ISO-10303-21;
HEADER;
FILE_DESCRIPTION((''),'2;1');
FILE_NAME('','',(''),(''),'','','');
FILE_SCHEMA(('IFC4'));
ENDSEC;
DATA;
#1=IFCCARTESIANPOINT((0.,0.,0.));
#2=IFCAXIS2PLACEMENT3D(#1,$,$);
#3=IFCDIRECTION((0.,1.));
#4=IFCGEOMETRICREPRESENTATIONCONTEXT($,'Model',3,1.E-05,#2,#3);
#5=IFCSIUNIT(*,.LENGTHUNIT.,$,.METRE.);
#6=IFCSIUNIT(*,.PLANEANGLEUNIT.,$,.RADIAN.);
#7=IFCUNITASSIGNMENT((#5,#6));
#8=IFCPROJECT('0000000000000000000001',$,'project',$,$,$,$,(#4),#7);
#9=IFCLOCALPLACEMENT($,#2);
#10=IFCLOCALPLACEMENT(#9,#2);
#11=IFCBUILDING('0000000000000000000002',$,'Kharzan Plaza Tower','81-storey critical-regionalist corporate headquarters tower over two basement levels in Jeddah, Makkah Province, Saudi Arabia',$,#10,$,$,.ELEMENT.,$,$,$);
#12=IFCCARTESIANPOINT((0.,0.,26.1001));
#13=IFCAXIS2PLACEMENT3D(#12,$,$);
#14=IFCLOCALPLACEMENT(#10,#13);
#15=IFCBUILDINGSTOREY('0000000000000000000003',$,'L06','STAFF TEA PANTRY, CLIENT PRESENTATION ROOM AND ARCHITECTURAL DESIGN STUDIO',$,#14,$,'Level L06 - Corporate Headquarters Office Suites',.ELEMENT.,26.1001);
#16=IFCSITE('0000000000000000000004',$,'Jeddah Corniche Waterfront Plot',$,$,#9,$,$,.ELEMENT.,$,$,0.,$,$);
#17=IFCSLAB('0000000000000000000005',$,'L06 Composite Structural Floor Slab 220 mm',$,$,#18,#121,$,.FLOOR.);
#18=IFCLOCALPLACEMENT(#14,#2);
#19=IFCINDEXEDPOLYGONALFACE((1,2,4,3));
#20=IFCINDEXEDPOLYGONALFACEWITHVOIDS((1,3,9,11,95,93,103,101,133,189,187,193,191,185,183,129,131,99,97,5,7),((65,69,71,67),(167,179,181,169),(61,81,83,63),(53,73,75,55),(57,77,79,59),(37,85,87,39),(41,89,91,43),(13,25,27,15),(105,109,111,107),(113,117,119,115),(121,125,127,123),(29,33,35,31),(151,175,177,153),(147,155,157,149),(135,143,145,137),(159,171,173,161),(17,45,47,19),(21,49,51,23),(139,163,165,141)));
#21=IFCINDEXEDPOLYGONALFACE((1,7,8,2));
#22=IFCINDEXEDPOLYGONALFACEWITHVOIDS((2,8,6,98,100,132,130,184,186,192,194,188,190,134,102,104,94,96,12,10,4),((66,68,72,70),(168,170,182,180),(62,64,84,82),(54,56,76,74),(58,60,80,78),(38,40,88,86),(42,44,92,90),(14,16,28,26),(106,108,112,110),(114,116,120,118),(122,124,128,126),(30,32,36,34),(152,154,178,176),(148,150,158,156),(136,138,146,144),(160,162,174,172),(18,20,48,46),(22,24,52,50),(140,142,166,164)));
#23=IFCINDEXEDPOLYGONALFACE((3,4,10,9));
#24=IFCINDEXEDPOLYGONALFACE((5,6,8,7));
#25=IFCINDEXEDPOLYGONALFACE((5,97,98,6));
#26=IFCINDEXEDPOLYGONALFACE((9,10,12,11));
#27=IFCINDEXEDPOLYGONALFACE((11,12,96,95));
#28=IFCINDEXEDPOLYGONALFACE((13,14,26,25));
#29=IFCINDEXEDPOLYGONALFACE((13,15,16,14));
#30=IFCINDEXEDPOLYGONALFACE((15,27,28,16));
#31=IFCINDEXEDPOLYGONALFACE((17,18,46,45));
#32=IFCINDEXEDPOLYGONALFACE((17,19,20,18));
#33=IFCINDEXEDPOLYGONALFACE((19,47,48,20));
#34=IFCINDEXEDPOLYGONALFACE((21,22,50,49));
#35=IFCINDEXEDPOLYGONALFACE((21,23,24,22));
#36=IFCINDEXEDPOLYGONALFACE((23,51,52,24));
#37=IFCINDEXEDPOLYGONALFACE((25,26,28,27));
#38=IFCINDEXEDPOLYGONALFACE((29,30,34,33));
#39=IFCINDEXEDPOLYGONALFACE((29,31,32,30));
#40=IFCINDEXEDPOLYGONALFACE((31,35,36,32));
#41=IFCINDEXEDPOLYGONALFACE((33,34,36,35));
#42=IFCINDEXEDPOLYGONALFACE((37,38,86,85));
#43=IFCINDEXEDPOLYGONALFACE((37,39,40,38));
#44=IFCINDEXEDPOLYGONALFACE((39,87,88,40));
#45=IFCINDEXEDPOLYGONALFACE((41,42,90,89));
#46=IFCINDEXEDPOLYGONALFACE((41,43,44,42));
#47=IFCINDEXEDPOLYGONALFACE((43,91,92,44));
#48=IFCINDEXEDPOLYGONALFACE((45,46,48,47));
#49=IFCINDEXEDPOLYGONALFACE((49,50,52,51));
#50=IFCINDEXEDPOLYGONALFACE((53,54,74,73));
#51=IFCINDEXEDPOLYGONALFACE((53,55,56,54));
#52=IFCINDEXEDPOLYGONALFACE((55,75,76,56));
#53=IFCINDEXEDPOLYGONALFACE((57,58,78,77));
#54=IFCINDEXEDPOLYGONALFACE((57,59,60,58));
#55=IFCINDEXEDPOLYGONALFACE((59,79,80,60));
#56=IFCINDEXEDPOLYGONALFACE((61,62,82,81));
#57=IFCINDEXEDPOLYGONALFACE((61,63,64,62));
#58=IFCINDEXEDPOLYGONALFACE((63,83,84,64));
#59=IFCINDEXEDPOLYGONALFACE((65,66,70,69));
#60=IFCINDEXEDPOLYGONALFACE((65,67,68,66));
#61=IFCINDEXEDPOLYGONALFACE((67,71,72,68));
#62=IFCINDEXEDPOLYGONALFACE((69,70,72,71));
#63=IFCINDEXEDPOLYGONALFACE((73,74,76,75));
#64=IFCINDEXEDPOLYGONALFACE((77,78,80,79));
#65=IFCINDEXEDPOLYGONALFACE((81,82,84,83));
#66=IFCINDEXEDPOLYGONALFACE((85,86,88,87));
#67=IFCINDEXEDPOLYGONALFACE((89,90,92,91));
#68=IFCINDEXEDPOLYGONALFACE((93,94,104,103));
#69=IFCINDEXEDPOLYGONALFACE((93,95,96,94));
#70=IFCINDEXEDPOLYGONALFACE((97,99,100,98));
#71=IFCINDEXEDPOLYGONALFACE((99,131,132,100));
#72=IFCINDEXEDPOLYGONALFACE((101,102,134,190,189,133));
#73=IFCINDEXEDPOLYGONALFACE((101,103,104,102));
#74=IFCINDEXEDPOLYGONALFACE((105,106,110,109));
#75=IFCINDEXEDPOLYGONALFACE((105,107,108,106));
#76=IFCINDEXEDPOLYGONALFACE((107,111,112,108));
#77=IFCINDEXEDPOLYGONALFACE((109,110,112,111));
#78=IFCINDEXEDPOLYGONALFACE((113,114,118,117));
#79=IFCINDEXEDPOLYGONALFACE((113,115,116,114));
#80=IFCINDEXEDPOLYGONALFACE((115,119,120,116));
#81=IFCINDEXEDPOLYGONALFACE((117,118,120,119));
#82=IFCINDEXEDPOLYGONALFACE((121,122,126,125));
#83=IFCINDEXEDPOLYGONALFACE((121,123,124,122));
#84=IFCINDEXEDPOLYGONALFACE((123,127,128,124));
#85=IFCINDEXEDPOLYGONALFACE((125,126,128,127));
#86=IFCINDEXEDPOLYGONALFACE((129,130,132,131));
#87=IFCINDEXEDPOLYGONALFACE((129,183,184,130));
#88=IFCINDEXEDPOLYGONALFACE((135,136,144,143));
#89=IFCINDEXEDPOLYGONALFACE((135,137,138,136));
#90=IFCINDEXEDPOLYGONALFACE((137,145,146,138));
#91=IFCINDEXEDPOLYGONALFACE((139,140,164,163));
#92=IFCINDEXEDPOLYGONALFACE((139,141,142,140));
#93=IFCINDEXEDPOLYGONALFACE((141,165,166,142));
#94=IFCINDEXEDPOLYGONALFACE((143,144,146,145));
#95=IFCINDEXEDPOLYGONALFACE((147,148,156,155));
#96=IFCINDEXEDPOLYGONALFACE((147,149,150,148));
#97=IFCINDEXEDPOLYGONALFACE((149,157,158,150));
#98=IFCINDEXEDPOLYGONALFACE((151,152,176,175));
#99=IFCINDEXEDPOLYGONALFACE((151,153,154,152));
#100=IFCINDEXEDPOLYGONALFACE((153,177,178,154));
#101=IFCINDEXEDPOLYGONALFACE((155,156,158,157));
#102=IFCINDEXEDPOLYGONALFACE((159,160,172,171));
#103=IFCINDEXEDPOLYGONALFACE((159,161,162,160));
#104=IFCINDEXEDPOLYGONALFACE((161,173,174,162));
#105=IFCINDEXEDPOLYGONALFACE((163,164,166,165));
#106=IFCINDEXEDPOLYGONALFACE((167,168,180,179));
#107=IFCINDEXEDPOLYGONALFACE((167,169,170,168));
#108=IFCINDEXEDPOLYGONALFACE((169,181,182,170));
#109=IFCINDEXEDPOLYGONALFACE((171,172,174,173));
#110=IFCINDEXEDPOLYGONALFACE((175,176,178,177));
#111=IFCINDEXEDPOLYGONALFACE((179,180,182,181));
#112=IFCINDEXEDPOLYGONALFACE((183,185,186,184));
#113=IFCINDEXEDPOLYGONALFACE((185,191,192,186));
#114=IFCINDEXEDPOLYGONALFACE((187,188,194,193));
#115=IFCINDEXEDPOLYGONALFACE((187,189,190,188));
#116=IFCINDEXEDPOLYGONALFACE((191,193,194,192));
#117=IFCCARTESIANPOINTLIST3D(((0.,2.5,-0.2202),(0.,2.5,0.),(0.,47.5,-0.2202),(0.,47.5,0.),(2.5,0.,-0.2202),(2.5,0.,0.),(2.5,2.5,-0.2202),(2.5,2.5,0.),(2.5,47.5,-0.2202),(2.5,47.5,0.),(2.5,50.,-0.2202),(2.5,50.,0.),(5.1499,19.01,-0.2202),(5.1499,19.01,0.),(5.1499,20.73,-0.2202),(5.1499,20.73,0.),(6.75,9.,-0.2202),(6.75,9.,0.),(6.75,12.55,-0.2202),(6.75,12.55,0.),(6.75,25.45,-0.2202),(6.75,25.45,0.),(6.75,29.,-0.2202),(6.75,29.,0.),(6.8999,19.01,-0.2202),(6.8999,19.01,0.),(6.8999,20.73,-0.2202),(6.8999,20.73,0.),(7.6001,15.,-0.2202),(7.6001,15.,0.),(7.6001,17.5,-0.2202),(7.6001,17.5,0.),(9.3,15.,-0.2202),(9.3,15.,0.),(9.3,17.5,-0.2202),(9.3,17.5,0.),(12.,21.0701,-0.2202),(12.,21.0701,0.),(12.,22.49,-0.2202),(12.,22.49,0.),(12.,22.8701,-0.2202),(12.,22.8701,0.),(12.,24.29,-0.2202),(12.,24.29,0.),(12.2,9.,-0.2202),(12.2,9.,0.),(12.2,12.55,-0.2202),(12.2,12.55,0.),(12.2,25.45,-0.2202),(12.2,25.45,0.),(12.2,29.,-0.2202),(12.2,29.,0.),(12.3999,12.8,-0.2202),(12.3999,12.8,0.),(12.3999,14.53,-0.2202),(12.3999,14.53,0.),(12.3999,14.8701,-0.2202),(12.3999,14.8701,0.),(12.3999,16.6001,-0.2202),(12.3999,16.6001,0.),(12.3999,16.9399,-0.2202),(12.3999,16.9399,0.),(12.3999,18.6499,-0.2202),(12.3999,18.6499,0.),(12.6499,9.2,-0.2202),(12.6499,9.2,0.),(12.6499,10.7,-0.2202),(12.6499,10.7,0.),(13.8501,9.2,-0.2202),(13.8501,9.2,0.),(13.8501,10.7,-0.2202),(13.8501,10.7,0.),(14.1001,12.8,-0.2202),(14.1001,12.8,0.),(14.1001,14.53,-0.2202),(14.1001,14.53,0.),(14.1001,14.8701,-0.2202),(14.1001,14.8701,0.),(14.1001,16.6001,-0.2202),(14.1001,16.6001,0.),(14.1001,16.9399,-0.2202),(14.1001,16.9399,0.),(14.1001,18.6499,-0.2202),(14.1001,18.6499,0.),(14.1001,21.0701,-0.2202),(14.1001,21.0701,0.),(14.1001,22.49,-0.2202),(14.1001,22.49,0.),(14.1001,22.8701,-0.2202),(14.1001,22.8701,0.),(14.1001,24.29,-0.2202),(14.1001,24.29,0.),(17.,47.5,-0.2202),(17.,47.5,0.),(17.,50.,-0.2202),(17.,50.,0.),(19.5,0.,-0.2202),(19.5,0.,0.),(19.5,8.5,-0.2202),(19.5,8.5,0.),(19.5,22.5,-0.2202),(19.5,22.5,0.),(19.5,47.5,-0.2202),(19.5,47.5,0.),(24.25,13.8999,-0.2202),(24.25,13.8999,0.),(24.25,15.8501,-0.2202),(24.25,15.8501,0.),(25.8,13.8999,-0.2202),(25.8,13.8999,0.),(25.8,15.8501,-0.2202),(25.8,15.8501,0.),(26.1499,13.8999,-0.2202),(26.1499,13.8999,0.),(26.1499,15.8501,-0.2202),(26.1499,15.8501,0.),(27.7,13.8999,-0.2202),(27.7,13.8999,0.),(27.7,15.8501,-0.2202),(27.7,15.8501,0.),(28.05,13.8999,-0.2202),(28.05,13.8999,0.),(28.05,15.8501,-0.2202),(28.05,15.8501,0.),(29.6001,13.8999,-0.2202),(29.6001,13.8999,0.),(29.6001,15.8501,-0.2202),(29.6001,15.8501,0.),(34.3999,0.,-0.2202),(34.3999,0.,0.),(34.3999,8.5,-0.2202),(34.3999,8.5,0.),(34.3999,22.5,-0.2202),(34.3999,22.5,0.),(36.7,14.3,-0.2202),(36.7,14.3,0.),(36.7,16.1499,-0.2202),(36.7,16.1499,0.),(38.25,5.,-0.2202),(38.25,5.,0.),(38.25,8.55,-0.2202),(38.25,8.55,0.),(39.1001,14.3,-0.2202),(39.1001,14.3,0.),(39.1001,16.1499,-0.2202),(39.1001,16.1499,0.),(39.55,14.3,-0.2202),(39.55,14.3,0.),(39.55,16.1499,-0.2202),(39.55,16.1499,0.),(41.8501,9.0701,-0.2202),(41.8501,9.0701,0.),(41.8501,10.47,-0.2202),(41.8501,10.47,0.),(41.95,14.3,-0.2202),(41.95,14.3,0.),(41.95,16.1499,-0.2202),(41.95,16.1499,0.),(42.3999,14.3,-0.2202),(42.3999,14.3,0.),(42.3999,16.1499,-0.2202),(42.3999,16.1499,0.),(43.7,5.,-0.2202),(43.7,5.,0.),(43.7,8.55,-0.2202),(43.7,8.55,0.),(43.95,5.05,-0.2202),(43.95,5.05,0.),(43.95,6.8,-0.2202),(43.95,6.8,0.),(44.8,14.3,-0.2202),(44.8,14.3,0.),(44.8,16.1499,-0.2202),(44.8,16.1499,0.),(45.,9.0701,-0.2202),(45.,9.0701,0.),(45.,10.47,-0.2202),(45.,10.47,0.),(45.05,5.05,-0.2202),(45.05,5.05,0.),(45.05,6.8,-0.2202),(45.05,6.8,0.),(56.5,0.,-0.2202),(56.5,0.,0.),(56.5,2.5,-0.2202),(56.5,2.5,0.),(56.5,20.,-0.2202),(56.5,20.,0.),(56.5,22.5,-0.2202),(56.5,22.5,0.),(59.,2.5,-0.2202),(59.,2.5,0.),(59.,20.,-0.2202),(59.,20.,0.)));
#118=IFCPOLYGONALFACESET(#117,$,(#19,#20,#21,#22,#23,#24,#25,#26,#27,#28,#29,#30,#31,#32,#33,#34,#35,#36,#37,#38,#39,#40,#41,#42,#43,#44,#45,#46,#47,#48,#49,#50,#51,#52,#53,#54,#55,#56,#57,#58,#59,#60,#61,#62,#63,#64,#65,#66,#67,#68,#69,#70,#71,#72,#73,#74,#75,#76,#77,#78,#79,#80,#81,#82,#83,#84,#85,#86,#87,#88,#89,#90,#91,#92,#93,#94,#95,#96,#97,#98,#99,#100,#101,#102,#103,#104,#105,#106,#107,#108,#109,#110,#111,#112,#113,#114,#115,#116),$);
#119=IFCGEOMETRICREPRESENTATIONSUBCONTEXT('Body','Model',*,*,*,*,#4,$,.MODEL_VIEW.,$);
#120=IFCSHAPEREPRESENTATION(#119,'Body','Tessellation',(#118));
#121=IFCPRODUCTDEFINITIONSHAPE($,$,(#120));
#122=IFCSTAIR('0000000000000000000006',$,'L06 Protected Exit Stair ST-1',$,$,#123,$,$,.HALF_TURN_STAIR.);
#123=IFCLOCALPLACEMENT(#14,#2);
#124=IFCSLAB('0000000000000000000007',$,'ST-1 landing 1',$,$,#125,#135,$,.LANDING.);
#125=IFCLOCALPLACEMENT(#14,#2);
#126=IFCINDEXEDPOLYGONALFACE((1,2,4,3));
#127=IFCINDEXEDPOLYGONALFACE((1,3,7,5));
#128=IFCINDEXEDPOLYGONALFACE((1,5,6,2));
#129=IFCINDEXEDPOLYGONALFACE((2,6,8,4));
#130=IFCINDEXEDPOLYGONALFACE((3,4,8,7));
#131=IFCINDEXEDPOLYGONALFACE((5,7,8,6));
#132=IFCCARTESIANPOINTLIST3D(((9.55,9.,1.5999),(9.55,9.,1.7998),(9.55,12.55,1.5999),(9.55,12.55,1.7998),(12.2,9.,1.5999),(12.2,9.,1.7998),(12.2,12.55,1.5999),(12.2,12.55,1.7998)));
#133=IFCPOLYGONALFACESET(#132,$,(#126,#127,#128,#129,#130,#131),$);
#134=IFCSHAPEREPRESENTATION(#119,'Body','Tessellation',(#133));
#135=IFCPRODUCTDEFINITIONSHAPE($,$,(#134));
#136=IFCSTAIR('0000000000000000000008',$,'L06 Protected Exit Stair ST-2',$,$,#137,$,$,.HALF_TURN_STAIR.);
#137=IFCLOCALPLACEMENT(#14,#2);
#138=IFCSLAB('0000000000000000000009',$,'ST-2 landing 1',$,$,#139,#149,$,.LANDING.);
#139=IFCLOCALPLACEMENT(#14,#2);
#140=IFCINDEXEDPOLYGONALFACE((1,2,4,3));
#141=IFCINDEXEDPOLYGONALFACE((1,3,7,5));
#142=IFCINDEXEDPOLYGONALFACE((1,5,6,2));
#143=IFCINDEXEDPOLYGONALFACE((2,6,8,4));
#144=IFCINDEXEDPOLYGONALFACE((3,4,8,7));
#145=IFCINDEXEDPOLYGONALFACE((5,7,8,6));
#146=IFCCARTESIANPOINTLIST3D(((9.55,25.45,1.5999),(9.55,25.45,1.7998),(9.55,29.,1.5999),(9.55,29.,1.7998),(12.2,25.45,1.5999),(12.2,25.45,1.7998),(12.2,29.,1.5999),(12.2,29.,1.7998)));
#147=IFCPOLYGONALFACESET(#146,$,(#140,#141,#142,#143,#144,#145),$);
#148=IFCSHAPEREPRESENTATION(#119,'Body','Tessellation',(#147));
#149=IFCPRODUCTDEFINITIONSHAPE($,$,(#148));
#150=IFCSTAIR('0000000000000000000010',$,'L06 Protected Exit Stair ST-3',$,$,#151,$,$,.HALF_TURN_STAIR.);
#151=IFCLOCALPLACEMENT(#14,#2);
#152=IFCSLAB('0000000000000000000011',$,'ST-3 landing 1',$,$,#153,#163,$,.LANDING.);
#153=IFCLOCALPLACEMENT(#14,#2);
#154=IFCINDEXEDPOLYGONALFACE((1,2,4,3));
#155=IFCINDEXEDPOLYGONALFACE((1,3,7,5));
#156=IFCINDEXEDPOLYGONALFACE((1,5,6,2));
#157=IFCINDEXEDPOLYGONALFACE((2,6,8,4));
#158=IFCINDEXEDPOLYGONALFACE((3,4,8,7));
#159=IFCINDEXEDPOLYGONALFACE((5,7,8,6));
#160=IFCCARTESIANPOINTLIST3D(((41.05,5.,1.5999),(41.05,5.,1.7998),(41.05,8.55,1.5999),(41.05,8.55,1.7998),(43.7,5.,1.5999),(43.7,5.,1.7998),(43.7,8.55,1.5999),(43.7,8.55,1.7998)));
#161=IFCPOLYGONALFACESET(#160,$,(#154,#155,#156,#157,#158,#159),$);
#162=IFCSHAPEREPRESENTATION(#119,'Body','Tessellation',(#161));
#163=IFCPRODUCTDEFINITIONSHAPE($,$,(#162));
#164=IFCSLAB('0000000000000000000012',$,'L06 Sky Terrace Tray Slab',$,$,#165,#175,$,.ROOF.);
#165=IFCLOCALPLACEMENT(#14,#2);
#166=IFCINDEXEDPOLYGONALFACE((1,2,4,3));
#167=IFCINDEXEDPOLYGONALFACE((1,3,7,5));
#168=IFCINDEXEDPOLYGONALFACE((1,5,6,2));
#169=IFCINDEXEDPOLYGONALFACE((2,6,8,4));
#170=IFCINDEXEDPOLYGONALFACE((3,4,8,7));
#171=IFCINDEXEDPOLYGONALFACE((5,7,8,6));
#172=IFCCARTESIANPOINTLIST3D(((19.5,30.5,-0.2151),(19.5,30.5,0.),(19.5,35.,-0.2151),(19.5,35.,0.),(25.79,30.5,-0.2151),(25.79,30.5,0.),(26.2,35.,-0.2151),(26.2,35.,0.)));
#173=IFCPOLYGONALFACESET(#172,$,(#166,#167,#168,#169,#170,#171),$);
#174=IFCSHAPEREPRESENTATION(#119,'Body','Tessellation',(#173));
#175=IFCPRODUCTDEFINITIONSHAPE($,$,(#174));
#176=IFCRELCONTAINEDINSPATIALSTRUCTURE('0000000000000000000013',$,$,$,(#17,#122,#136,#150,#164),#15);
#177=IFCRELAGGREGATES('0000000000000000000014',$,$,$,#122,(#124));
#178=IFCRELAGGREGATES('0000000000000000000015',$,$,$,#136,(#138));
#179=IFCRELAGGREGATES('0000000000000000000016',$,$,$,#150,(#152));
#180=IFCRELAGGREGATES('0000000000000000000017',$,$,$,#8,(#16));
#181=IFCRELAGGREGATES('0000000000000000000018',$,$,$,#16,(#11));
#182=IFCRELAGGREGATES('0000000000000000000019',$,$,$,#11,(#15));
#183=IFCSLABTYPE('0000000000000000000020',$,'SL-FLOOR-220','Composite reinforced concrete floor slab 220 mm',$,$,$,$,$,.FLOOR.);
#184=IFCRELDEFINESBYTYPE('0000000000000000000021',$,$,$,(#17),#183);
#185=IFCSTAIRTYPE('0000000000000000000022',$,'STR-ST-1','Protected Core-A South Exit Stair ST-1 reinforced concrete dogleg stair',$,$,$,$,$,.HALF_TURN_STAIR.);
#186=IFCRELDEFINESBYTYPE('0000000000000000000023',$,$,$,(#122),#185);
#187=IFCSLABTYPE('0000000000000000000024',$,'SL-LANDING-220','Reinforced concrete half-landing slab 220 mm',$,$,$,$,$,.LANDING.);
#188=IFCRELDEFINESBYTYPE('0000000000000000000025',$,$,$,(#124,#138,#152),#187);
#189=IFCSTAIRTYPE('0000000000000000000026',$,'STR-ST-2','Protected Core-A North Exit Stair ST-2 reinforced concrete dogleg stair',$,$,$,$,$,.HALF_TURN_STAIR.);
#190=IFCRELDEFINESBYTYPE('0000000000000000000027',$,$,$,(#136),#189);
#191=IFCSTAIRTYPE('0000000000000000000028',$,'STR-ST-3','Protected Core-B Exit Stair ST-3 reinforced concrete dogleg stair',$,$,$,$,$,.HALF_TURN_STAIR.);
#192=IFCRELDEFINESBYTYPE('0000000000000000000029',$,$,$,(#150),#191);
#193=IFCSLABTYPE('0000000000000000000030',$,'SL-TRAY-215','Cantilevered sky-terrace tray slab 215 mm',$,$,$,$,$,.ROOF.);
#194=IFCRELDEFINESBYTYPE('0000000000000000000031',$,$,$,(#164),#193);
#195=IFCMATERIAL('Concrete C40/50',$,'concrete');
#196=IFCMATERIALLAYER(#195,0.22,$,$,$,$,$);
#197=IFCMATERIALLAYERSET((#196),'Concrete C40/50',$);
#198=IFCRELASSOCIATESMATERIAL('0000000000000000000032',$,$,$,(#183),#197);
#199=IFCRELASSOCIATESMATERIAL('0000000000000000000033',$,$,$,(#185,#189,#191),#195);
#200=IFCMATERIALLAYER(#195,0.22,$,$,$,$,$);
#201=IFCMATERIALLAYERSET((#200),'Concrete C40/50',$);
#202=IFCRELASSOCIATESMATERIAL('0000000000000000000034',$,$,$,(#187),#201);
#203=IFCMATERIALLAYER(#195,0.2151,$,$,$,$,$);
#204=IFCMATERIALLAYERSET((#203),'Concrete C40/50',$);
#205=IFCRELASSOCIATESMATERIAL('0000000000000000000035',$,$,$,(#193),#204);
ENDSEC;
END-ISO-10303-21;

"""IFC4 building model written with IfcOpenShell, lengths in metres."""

from ifc_helpers import new_model, si_unit, direction, frame, origin, place, context, subcontext, project, spatial, polyline, outline, extrude, material, layer, layer_set, type_object, element, aggregate, save


model = new_model("IFC4")

# Units and contexts
model_context = context("Model", 3, precision=1e-05, world=origin(), true_north=direction((0.0, 1.0)))
body_context = subcontext(model_context, "Body", "Model", "MODEL_VIEW")
ifc_project = project(units=[si_unit("LENGTHUNIT", "METRE"), si_unit("PLANEANGLEUNIT", "RADIAN")], contexts=[model_context])

# Site, building, storey
site_placement = place(None, origin())
site = spatial("IfcSite", under=ifc_project, at=site_placement, Name="Jeddah Corniche Waterfront Plot", CompositionType="ELEMENT", RefElevation=0.0)
building_placement = place(site_placement, origin())
building = spatial("IfcBuilding", under=site, at=building_placement, Name="Kharzan Plaza Tower", Description="81-storey critical-regionalist corporate headquarters tower over two basement levels in Jeddah, Makkah Province, Saudi Arabia", CompositionType="ELEMENT")
storey_placement = place(building_placement, frame((0.0, 0.0, 26.1001)))
storey = spatial("IfcBuildingStorey", under=building, at=storey_placement, Name="L06", Description="STAFF TEA PANTRY, CLIENT PRESENTATION ROOM AND ARCHITECTURAL DESIGN STUDIO", LongName="Level L06 - Corporate Headquarters Office Suites", CompositionType="ELEMENT", Elevation=26.1001)

# Slab
ifc_material_1 = material(Name="Concrete C40/50", Category="concrete")
ifc_layer_1 = layer(ifc_material_1, 0.22)
ifc_layer_set_1 = layer_set([ifc_layer_1], Name="Concrete C40/50")
slab_type_1 = type_object("IfcSlabType", Name="SL-FLOOR-220", Description="Composite reinforced concrete floor slab 220 mm", PredefinedType="FLOOR", material=ifc_layer_set_1)
slab_1_placement = place(storey_placement, frame((0.0, 0.0, -0.2202)))
element("IfcSlab", 1, at=slab_1_placement, inside=storey, type_object=slab_type_1, Name="L06 Composite Structural Floor Slab 220 mm", PredefinedType="FLOOR", context=body_context, shape_type="SweptSolid", body=[
    extrude(outline(polyline([(34.3999, 22.5), (19.5, 22.5), (19.5, 47.5), (17.0, 47.5), (17.0, 50.0), (2.5, 50.0), (2.5, 47.5), (0.0, 47.5), (0.0, 2.5), (2.5, 2.5), (2.5, 0.0), (19.5, 0.0), (19.5, 8.5), (34.3999, 8.5), (34.3999, 0.0), (56.5, 0.0), (56.5, 2.5), (59.0, 2.5), (59.0, 20.0), (56.5, 20.0), (56.5, 22.5), (34.3999, 22.5)]), holes=[polyline([(13.8501, 9.2), (13.8501, 10.7), (12.6499, 10.7), (12.6499, 9.2), (13.8501, 9.2)]), polyline([(12.2, 9.0), (12.2, 12.55), (6.75, 12.55), (6.75, 9.0), (12.2, 9.0)]), polyline([(14.1001, 12.8), (14.1001, 14.53), (12.3999, 14.53), (12.3999, 12.8), (14.1001, 12.8)]), polyline([(14.1001, 14.8701), (14.1001, 16.6001), (12.3999, 16.6001), (12.3999, 14.8701), (14.1001, 14.8701)]), polyline([(9.3, 15.0), (9.3, 17.5), (7.6001, 17.5), (7.6001, 15.0), (9.3, 15.0)]), polyline([(14.1001, 16.9399), (14.1001, 18.6499), (12.3999, 18.6499), (12.3999, 16.9399), (14.1001, 16.9399)]), polyline([(6.8999, 19.01), (6.8999, 20.73), (5.1499, 20.73), (5.1499, 19.01), (6.8999, 19.01)]), polyline([(12.0, 21.0701), (14.1001, 21.0701), (14.1001, 22.49), (12.0, 22.49), (12.0, 21.0701)]), polyline([(12.0, 22.8701), (14.1001, 22.8701), (14.1001, 24.29), (12.0, 24.29), (12.0, 22.8701)]), polyline([(12.2, 25.45), (12.2, 29.0), (6.75, 29.0), (6.75, 25.45), (12.2, 25.45)]), polyline([(45.05, 5.05), (45.05, 6.8), (43.95, 6.8), (43.95, 5.05), (45.05, 5.05)]), polyline([(43.7, 5.0), (43.7, 8.55), (38.25, 8.55), (38.25, 5.0), (43.7, 5.0)]), polyline([(41.8501, 9.0701), (45.0, 9.0701), (45.0, 10.47), (41.8501, 10.47), (41.8501, 9.0701)]), polyline([(24.25, 13.8999), (25.8, 13.8999), (25.8, 15.8501), (24.25, 15.8501), (24.25, 13.8999)]), polyline([(27.7, 13.8999), (27.7, 15.8501), (26.1499, 15.8501), (26.1499, 13.8999), (27.7, 13.8999)]), polyline([(29.6001, 13.8999), (29.6001, 15.8501), (28.05, 15.8501), (28.05, 13.8999), (29.6001, 13.8999)]), polyline([(39.1001, 14.3), (39.1001, 16.1499), (36.7, 16.1499), (36.7, 14.3), (39.1001, 14.3)]), polyline([(39.55, 14.3), (41.95, 14.3), (41.95, 16.1499), (39.55, 16.1499), (39.55, 14.3)]), polyline([(42.3999, 14.3), (44.8, 14.3), (44.8, 16.1499), (42.3999, 16.1499), (42.3999, 14.3)])]), origin(), (0.0, 0.0, 1.0), 0.2202),
])

# Stairs, slabs
stair_type_1 = type_object("IfcStairType", Name="STR-ST-1", Description="Protected Core-A South Exit Stair ST-1 reinforced concrete dogleg stair", PredefinedType="HALF_TURN_STAIR", material=ifc_material_1)
stair_1_placement = place(storey_placement, origin())
stair_1 = element("IfcStair", 2, at=stair_1_placement, inside=storey, type_object=stair_type_1, Name="L06 Protected Exit Stair ST-1", PredefinedType="HALF_TURN_STAIR")
ifc_layer_2 = layer(ifc_material_1, 0.22)
ifc_layer_set_2 = layer_set([ifc_layer_2], Name="Concrete C40/50")
slab_type_2 = type_object("IfcSlabType", Name="SL-LANDING-220", Description="Reinforced concrete half-landing slab 220 mm", PredefinedType="LANDING", material=ifc_layer_set_2)
slab_2_placement = place(storey_placement, frame((0.0, 0.0, 1.5999)))
slab_2 = element("IfcSlab", 3, at=slab_2_placement, type_object=slab_type_2, Name="ST-1 landing 1", PredefinedType="LANDING", context=body_context, shape_type="SweptSolid", body=[
    extrude(outline(polyline([(9.55, 9.0), (12.2, 9.0), (12.2, 12.55), (9.55, 12.55), (9.55, 9.0)])), origin(), (0.0, 0.0, 1.0), 0.2),
])
aggregate(stair_1, [slab_2])
stair_type_2 = type_object("IfcStairType", Name="STR-ST-2", Description="Protected Core-A North Exit Stair ST-2 reinforced concrete dogleg stair", PredefinedType="HALF_TURN_STAIR", material=ifc_material_1)
stair_2_placement = place(storey_placement, origin())
stair_2 = element("IfcStair", 4, at=stair_2_placement, inside=storey, type_object=stair_type_2, Name="L06 Protected Exit Stair ST-2", PredefinedType="HALF_TURN_STAIR")
slab_3_placement = place(storey_placement, frame((0.0, 0.0, 1.5999)))
slab_3 = element("IfcSlab", 5, at=slab_3_placement, type_object=slab_type_2, Name="ST-2 landing 1", PredefinedType="LANDING", context=body_context, shape_type="SweptSolid", body=[
    extrude(outline(polyline([(9.55, 25.45), (12.2, 25.45), (12.2, 29.0), (9.55, 29.0), (9.55, 25.45)])), origin(), (0.0, 0.0, 1.0), 0.2),
])
aggregate(stair_2, [slab_3])
stair_type_3 = type_object("IfcStairType", Name="STR-ST-3", Description="Protected Core-B Exit Stair ST-3 reinforced concrete dogleg stair", PredefinedType="HALF_TURN_STAIR", material=ifc_material_1)
stair_3_placement = place(storey_placement, origin())
stair_3 = element("IfcStair", 6, at=stair_3_placement, inside=storey, type_object=stair_type_3, Name="L06 Protected Exit Stair ST-3", PredefinedType="HALF_TURN_STAIR")
slab_4_placement = place(storey_placement, frame((0.0, 0.0, 1.5999)))
slab_4 = element("IfcSlab", 7, at=slab_4_placement, type_object=slab_type_2, Name="ST-3 landing 1", PredefinedType="LANDING", context=body_context, shape_type="SweptSolid", body=[
    extrude(outline(polyline([(41.05, 5.0), (43.7, 5.0), (43.7, 8.55), (41.05, 8.55), (41.05, 5.0)])), origin(), (0.0, 0.0, 1.0), 0.2),
])
aggregate(stair_3, [slab_4])

# Slab
ifc_layer_3 = layer(ifc_material_1, 0.2151)
ifc_layer_set_3 = layer_set([ifc_layer_3], Name="Concrete C40/50")
slab_type_3 = type_object("IfcSlabType", Name="SL-TRAY-215", Description="Cantilevered sky-terrace tray slab 215 mm", PredefinedType="ROOF", material=ifc_layer_set_3)
slab_5_placement = place(storey_placement, frame((0.0, 0.0, -0.2151)))
element("IfcSlab", 8, at=slab_5_placement, inside=storey, type_object=slab_type_3, Name="L06 Sky Terrace Tray Slab", PredefinedType="ROOF", context=body_context, shape_type="SweptSolid", body=[
    extrude(outline(polyline([(19.5, 30.5), (25.79, 30.5), (26.2, 35.0), (19.5, 35.0), (19.5, 30.5)])), origin(), (0.0, 0.0, 1.0), 0.2151),
])

save(model, "model.ifc")
